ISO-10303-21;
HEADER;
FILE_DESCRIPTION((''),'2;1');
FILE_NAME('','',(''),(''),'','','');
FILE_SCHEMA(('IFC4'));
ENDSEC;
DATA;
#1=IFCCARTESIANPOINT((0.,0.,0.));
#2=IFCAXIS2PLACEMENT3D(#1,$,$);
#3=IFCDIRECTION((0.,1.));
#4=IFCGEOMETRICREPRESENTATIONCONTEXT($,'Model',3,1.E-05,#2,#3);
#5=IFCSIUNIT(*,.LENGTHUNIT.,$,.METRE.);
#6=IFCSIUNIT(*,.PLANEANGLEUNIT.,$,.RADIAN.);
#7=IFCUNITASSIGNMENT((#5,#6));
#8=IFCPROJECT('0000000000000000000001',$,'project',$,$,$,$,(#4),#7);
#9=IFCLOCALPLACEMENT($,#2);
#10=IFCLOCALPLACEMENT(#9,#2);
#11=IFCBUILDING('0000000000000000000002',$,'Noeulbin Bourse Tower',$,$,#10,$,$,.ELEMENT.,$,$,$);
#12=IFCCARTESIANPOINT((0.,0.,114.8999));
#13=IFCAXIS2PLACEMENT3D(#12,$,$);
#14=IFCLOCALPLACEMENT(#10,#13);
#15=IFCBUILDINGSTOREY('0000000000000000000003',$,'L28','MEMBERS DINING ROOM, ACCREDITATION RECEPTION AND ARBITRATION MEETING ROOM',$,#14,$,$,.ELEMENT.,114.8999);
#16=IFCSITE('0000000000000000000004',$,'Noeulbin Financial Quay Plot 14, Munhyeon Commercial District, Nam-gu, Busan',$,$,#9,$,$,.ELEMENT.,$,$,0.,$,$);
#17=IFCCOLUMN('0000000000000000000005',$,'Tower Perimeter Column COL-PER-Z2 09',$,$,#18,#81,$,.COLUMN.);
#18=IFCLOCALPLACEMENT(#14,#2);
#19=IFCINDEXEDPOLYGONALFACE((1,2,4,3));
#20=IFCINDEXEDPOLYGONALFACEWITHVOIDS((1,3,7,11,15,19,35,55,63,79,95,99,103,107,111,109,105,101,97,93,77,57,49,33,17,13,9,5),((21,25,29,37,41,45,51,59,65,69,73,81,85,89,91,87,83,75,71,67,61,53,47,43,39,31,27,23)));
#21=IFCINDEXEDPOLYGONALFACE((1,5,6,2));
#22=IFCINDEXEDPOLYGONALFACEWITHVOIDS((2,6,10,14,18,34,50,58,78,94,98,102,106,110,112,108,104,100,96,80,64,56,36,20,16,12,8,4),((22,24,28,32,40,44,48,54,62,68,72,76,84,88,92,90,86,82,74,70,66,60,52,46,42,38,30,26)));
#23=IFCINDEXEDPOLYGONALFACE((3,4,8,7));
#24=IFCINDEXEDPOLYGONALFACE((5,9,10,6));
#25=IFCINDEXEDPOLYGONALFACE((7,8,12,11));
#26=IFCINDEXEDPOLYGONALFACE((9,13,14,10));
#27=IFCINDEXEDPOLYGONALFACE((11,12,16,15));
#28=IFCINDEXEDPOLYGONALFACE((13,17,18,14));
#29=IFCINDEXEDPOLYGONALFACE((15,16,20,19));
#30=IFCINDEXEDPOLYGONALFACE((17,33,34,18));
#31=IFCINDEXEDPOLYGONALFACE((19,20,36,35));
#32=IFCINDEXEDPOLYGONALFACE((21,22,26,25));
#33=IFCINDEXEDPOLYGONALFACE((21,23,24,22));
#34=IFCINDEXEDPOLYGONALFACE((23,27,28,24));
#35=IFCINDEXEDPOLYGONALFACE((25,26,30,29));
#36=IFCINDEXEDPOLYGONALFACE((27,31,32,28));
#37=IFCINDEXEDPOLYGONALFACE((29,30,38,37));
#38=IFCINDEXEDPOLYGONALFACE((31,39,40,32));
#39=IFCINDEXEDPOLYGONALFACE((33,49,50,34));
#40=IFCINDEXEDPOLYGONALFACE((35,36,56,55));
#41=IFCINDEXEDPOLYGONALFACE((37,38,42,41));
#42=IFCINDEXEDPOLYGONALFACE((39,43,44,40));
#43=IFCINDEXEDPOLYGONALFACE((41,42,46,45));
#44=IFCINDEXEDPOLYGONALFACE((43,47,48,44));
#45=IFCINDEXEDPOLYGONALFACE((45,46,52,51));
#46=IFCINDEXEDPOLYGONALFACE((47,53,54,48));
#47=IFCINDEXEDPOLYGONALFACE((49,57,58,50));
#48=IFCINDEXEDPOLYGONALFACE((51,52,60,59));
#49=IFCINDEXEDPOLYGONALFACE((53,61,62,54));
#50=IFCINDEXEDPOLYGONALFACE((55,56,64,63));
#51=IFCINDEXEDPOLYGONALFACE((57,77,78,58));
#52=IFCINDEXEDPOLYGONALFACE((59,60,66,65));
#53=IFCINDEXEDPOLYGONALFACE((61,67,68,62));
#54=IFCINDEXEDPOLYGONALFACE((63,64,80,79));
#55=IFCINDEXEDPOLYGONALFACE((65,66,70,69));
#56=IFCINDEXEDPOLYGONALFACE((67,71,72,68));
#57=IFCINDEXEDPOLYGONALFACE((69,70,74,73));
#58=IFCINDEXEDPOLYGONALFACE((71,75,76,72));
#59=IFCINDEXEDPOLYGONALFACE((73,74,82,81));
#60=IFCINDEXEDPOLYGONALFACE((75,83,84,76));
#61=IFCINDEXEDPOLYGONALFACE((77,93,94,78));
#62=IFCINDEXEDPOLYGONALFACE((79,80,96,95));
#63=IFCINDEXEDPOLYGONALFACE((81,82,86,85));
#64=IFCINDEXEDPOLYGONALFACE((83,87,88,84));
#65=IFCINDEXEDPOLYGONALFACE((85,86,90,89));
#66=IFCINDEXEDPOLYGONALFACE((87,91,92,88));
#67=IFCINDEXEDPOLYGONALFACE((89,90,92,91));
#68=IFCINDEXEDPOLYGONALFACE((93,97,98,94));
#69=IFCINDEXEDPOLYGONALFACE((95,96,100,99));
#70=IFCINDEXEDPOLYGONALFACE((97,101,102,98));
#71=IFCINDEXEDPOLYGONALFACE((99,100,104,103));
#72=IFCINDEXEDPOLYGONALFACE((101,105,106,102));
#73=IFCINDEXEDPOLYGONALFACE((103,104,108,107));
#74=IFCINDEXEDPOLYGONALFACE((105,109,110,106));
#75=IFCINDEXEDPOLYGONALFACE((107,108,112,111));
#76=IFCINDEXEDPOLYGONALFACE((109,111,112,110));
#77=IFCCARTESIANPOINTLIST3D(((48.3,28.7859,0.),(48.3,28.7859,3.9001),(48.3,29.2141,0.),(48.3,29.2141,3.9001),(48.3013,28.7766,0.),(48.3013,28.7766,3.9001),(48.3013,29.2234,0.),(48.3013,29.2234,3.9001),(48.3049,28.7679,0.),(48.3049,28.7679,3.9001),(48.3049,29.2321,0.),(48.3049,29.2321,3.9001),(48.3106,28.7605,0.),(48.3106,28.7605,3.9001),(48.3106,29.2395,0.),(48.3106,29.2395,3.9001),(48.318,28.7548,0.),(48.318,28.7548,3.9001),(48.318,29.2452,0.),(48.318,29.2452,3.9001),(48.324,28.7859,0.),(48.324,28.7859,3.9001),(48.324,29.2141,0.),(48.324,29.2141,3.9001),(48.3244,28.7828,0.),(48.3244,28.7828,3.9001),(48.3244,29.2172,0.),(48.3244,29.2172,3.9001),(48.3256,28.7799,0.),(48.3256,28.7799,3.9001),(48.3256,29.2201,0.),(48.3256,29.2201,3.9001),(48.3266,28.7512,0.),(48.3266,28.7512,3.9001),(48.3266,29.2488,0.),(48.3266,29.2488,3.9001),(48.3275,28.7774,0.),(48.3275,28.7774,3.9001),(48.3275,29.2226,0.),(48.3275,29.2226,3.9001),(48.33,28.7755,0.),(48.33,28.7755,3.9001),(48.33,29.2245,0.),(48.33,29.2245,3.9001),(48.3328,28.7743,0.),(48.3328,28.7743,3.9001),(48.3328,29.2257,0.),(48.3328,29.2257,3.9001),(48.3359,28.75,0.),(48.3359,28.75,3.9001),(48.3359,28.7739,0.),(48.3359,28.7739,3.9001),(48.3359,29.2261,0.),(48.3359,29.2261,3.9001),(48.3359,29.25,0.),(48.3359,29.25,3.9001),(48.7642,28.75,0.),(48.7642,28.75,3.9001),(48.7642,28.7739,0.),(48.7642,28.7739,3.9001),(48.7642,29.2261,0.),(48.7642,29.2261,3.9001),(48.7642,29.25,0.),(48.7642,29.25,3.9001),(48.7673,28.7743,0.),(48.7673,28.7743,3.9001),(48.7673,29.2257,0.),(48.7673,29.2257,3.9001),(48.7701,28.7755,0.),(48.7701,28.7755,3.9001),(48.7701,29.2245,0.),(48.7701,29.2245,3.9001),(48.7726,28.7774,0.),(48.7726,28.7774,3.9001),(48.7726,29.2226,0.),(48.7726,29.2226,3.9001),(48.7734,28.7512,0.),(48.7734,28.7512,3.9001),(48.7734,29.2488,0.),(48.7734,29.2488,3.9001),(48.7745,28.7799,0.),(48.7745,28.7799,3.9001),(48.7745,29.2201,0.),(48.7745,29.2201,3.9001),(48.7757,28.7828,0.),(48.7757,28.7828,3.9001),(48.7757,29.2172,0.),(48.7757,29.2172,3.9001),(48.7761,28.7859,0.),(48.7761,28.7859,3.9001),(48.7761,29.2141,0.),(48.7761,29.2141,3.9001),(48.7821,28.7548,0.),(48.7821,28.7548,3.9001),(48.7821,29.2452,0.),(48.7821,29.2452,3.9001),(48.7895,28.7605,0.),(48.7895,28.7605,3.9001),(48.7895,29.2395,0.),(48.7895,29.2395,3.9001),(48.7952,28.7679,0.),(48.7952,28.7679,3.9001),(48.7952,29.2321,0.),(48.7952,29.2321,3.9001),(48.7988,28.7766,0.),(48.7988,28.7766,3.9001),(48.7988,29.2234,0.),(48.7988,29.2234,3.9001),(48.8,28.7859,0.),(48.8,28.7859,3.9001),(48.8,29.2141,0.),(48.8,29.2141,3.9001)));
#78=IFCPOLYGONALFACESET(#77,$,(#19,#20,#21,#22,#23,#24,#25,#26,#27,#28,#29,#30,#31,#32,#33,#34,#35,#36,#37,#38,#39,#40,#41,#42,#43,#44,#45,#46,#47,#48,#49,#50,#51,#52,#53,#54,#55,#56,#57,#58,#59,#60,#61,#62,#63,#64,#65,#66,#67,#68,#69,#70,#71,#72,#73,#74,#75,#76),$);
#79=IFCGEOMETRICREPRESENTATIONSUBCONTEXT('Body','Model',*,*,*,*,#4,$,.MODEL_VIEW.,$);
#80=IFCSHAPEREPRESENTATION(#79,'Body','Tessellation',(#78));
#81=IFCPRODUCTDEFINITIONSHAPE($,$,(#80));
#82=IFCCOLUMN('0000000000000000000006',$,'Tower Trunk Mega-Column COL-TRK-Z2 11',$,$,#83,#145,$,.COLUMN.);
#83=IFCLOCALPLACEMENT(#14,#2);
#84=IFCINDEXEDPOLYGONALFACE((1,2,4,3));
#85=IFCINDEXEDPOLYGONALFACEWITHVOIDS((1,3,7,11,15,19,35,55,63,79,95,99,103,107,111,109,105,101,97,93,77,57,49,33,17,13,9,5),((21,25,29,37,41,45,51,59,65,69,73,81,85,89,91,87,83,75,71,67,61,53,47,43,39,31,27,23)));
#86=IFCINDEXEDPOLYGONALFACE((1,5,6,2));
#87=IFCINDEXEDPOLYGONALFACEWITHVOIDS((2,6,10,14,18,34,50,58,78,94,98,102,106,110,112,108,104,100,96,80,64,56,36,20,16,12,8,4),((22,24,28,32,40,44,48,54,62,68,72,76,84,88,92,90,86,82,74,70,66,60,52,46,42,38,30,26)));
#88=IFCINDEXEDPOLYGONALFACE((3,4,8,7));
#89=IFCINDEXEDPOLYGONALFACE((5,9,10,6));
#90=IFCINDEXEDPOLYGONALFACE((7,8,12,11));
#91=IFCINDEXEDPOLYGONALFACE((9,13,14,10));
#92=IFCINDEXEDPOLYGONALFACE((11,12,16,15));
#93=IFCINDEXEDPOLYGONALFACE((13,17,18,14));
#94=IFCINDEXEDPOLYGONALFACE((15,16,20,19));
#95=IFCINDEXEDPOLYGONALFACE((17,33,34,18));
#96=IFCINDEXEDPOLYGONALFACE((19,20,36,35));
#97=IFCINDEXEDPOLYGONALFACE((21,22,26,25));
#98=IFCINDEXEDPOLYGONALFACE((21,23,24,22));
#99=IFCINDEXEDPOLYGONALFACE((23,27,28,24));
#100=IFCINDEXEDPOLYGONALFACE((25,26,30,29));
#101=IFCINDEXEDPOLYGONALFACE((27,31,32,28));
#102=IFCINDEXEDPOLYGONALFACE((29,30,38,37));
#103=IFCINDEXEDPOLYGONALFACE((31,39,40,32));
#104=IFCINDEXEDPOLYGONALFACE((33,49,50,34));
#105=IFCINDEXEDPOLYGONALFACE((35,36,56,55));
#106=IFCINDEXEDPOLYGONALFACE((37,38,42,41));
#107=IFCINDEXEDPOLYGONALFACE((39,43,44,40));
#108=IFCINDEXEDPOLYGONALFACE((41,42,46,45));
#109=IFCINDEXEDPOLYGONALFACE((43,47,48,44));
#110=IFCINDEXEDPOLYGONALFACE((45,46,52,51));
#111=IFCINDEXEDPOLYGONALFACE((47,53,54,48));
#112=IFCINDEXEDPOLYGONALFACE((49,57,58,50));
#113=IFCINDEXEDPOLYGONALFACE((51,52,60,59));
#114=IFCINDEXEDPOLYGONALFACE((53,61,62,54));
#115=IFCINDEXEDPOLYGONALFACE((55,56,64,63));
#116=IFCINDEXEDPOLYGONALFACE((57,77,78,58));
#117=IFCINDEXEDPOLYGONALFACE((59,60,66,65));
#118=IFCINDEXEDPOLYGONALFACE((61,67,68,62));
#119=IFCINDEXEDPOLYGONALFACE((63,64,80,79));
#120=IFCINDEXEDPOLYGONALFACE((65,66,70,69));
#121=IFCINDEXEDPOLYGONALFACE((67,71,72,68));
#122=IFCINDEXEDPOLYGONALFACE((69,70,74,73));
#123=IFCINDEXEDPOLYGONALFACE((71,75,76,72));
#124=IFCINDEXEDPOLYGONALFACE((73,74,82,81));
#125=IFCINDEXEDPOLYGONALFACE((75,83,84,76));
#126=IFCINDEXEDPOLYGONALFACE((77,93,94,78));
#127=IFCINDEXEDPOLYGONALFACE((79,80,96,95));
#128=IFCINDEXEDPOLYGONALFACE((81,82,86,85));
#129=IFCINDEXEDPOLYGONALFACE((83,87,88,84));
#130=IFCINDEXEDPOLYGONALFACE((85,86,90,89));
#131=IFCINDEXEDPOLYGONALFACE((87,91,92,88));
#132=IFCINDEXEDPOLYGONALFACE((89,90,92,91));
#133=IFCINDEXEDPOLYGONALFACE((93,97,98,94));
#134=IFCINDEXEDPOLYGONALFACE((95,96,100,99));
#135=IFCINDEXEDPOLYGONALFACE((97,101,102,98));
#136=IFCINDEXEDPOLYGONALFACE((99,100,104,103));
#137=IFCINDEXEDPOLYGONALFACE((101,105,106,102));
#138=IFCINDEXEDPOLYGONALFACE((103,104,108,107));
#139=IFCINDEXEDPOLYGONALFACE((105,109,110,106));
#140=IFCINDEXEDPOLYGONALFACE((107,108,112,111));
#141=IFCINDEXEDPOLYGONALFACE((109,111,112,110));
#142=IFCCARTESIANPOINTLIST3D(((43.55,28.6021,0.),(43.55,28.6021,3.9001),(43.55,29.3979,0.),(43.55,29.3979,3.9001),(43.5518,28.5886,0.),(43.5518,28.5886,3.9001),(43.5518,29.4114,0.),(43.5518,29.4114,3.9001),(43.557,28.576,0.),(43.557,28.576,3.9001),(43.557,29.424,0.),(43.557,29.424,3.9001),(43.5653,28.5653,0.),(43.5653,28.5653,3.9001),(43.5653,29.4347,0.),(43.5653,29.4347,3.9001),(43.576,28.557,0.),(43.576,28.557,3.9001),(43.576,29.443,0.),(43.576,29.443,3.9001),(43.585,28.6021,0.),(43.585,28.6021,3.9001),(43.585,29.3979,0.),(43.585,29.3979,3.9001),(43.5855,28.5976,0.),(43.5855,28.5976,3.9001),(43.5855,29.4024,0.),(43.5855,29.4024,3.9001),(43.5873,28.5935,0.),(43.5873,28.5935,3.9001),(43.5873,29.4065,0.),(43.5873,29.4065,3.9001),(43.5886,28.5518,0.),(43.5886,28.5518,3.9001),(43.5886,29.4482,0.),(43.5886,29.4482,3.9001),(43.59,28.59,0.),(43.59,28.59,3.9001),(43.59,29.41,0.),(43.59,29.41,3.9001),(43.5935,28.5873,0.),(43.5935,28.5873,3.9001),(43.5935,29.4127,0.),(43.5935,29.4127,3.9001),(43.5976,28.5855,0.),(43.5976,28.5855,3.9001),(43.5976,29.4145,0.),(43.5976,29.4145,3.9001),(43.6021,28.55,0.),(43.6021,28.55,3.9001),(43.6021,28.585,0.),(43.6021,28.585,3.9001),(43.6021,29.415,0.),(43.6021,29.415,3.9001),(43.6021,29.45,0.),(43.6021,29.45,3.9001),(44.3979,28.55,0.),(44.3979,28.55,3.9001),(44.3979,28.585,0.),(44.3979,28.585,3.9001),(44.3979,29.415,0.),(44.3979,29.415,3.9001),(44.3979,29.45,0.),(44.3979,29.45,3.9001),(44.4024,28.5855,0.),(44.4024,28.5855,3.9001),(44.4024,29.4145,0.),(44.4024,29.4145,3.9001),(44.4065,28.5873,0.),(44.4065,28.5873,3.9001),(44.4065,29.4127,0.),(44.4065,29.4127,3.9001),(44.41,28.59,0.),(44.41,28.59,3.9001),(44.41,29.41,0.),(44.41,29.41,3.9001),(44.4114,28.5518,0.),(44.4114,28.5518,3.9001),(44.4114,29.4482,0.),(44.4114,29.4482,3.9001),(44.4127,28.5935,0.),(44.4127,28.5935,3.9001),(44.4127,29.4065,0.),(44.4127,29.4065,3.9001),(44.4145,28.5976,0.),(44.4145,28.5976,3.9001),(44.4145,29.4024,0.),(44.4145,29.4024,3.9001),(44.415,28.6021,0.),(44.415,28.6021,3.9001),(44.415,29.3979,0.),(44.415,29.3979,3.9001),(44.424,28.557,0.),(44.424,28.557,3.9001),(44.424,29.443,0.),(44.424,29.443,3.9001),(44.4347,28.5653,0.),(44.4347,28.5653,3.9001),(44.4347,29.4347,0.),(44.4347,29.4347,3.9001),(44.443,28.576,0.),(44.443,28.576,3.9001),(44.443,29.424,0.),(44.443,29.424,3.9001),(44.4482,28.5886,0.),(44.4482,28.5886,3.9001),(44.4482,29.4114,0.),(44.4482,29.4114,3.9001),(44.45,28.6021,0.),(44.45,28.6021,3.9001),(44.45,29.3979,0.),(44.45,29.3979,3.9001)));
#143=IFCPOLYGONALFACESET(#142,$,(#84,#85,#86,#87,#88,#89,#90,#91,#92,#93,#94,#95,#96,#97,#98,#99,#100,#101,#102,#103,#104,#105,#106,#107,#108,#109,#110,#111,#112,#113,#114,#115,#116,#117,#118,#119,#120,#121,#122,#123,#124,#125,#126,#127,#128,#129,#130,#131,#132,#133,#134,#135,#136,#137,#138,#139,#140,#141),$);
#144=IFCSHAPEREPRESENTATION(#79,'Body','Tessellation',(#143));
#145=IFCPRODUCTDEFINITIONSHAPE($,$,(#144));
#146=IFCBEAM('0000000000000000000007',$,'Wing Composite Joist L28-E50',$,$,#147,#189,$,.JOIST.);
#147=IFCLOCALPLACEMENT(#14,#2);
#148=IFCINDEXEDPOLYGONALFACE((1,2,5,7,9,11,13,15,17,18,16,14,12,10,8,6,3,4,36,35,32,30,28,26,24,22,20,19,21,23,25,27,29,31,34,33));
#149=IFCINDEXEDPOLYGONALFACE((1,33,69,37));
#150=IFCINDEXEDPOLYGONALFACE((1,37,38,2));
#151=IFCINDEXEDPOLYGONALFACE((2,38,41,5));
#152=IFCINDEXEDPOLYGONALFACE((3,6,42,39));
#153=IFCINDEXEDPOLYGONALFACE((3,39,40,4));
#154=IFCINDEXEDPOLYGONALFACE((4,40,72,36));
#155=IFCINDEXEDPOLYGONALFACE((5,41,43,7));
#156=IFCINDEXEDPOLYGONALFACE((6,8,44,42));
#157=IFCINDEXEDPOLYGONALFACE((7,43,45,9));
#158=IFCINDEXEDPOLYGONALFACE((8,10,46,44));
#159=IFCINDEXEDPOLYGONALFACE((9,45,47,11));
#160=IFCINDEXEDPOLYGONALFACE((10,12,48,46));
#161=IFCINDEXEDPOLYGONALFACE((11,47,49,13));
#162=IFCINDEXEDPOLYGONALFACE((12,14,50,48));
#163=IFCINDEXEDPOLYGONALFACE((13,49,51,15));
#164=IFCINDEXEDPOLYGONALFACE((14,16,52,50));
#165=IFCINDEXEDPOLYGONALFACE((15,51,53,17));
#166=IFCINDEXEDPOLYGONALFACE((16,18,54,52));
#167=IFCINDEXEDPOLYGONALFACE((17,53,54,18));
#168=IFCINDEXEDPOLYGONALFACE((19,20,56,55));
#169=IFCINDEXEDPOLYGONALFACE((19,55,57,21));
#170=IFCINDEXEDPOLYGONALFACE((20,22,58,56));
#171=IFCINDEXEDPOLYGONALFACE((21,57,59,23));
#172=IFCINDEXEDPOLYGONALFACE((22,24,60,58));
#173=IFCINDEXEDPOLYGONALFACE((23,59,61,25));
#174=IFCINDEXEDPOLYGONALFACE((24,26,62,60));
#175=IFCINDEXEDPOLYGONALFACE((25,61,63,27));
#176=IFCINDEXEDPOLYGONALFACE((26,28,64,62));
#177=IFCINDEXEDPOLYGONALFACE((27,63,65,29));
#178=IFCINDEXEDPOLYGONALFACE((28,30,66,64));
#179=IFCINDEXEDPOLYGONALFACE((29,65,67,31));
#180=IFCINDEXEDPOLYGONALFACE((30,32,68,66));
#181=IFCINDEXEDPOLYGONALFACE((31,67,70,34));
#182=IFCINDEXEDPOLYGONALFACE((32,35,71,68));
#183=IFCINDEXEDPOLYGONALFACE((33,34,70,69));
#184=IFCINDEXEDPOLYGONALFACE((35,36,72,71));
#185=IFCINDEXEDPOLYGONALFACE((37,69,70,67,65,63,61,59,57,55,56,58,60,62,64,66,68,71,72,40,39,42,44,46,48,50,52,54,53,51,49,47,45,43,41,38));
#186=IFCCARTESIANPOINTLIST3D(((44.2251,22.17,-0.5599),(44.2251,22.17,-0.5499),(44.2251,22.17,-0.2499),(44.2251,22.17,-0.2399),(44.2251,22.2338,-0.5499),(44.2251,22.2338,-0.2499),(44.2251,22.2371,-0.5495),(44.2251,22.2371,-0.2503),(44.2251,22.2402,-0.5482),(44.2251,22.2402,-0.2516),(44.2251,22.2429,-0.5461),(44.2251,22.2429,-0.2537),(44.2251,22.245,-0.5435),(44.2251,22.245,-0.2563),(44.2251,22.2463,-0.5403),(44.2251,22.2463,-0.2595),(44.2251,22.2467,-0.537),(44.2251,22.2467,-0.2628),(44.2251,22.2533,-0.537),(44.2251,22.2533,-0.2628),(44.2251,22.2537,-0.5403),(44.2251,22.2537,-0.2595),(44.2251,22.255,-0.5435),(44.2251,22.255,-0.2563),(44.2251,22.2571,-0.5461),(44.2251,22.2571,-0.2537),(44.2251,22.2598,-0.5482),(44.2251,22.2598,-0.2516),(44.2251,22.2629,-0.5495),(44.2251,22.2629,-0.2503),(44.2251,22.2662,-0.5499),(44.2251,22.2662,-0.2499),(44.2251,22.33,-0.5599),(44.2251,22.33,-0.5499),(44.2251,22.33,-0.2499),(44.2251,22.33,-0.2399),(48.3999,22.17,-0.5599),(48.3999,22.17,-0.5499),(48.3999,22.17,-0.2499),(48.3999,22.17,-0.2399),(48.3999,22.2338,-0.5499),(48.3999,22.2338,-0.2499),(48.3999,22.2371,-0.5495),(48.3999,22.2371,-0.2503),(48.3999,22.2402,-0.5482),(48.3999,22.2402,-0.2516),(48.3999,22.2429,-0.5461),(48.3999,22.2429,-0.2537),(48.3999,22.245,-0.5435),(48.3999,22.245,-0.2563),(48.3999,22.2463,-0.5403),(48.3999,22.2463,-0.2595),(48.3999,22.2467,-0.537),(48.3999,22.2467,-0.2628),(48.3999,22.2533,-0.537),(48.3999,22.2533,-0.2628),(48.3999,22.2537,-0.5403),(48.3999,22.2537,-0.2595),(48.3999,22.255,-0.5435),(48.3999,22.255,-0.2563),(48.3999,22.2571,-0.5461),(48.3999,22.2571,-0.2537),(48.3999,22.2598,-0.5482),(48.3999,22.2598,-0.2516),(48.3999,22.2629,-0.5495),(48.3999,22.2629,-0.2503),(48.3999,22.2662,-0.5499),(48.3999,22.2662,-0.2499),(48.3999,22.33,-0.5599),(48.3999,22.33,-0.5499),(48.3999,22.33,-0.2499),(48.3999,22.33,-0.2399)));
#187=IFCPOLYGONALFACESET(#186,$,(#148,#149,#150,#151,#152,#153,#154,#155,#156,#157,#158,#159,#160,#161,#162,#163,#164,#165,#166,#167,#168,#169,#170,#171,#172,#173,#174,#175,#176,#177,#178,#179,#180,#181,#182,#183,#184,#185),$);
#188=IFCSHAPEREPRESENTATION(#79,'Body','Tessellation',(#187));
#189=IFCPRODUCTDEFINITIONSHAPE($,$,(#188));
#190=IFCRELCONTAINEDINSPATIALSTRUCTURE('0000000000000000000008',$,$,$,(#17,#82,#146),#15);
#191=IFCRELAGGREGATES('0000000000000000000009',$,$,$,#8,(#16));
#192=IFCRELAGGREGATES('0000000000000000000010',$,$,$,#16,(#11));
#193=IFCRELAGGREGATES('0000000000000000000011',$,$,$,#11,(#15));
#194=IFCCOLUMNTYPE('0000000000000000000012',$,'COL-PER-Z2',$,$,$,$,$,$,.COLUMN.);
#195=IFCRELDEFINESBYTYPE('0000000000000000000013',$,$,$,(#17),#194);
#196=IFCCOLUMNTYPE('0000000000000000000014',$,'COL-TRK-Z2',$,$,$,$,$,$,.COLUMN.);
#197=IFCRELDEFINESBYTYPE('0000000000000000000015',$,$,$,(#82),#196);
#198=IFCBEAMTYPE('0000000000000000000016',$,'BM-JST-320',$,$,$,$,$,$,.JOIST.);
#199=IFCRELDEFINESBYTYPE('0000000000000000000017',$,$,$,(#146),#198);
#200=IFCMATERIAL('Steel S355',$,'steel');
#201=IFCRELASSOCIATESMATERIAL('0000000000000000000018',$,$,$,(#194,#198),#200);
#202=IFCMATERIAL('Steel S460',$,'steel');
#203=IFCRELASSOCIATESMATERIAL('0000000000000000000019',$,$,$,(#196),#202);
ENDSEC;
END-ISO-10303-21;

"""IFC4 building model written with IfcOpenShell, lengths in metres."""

from ifc_helpers import new_model, si_unit, direction, frame, origin, origin_2d, place, context, subcontext, project, spatial, hollow_rectangle, i_section, extrude, material, material_profile, profile_set, type_object, element, save


model = new_model("IFC4")

# Units and contexts
model_context = context("Model", 3, precision=1e-05, world=origin(), true_north=direction((0.0, 1.0)))
body_context = subcontext(model_context, "Body", "Model", "MODEL_VIEW")
ifc_project = project(units=[si_unit("LENGTHUNIT", "METRE"), si_unit("PLANEANGLEUNIT", "RADIAN")], contexts=[model_context])

# Site, building, storey
site_placement = place(None, origin())
site = spatial("IfcSite", under=ifc_project, at=site_placement, Name="Noeulbin Financial Quay Plot 14, Munhyeon Commercial District, Nam-gu, Busan", CompositionType="ELEMENT", RefElevation=0.0)
building_placement = place(site_placement, origin())
building = spatial("IfcBuilding", under=site, at=building_placement, Name="Noeulbin Bourse Tower", CompositionType="ELEMENT")
storey_placement = place(building_placement, frame((0.0, 0.0, 114.8999)))
storey = spatial("IfcBuildingStorey", under=building, at=storey_placement, Name="L28", Description="MEMBERS DINING ROOM, ACCREDITATION RECEPTION AND ARBITRATION MEETING ROOM", CompositionType="ELEMENT", Elevation=114.8999)

# Columns
ifc_material_1 = material(Name="Steel S355", Category="steel")
ifc_material_profile_1 = material_profile(ifc_material_1, hollow_rectangle(XDim=0.5, YDim=0.5, WallThickness=0.0239, InnerFilletRadius=0.012, OuterFilletRadius=0.0359, at=origin_2d()), Name="BOX-500x500x24", Category="LoadBearing")
ifc_profile_set_1 = profile_set([ifc_material_profile_1], Name="Steel S355")
column_type_1 = type_object("IfcColumnType", Name="COL-PER-Z2", PredefinedType="COLUMN", material=ifc_profile_set_1)
column_1_placement = place(storey_placement, frame((48.55, 29.0, 0.0), z_axis=(0.0, 0.0, 1.0), x_axis=(1.0, 0.0, 0.0)))
element("IfcColumn", 1, at=column_1_placement, inside=storey, type_object=column_type_1, Name="Tower Perimeter Column COL-PER-Z2 09", PredefinedType="COLUMN", context=body_context, shape_type="SweptSolid", body=[
    extrude(hollow_rectangle(XDim=0.5, YDim=0.5, WallThickness=0.0239, InnerFilletRadius=0.012, OuterFilletRadius=0.0359, at=origin_2d()), origin(), (0.0, 0.0, 1.0), 3.9001),
])
ifc_material_2 = material(Name="Steel S460", Category="steel")
ifc_material_profile_2 = material_profile(ifc_material_2, hollow_rectangle(XDim=0.8999, YDim=0.8999, WallThickness=0.0349, InnerFilletRadius=0.0171, OuterFilletRadius=0.052, at=origin_2d()), Name="BOX-900x900x35", Category="LoadBearing")
ifc_profile_set_2 = profile_set([ifc_material_profile_2], Name="Steel S460")
column_type_2 = type_object("IfcColumnType", Name="COL-TRK-Z2", PredefinedType="COLUMN", material=ifc_profile_set_2)
column_2_placement = place(storey_placement, frame((44.0, 29.0, 0.0), z_axis=(0.0, 0.0, 1.0), x_axis=(1.0, 0.0, 0.0)))
element("IfcColumn", 2, at=column_2_placement, inside=storey, type_object=column_type_2, Name="Tower Trunk Mega-Column COL-TRK-Z2 11", PredefinedType="COLUMN", context=body_context, shape_type="SweptSolid", body=[
    extrude(hollow_rectangle(XDim=0.8999, YDim=0.8999, WallThickness=0.0349, InnerFilletRadius=0.0171, OuterFilletRadius=0.052, at=origin_2d()), origin(), (0.0, 0.0, 1.0), 3.9001),
])

# Beam
ifc_material_profile_3 = material_profile(ifc_material_1, i_section(OverallWidth=0.1599, OverallDepth=0.3201, WebThickness=0.0066, FlangeThickness=0.01, FilletRadius=0.0129, at=origin_2d()), Name="H-320x160x6.5x10", Category="LoadBearing")
ifc_profile_set_3 = profile_set([ifc_material_profile_3], Name="Steel S355")
beam_type_1 = type_object("IfcBeamType", Name="BM-JST-320", PredefinedType="JOIST", material=ifc_profile_set_3)
for number, where, z_axis, x_axis, name in (
    (3, (44.2251, 22.25, -0.3999), (1.0, 0.0, 0.0), (0.0, 1.0, 0.0), "Wing Composite Joist L28-E50"),
):
    element("IfcBeam", number, at=place(storey_placement, frame(where, z_axis=z_axis, x_axis=x_axis)), inside=storey, type_object=beam_type_1, Name=name, PredefinedType="JOIST", context=body_context, shape_type="SweptSolid", body=[
        extrude(i_section(OverallWidth=0.1599, OverallDepth=0.3201, WebThickness=0.0066, FlangeThickness=0.01, FilletRadius=0.0129, at=origin_2d()), origin(), (0.0, 0.0, 1.0), 4.1748),
    ])

save(model, "model.ifc")
